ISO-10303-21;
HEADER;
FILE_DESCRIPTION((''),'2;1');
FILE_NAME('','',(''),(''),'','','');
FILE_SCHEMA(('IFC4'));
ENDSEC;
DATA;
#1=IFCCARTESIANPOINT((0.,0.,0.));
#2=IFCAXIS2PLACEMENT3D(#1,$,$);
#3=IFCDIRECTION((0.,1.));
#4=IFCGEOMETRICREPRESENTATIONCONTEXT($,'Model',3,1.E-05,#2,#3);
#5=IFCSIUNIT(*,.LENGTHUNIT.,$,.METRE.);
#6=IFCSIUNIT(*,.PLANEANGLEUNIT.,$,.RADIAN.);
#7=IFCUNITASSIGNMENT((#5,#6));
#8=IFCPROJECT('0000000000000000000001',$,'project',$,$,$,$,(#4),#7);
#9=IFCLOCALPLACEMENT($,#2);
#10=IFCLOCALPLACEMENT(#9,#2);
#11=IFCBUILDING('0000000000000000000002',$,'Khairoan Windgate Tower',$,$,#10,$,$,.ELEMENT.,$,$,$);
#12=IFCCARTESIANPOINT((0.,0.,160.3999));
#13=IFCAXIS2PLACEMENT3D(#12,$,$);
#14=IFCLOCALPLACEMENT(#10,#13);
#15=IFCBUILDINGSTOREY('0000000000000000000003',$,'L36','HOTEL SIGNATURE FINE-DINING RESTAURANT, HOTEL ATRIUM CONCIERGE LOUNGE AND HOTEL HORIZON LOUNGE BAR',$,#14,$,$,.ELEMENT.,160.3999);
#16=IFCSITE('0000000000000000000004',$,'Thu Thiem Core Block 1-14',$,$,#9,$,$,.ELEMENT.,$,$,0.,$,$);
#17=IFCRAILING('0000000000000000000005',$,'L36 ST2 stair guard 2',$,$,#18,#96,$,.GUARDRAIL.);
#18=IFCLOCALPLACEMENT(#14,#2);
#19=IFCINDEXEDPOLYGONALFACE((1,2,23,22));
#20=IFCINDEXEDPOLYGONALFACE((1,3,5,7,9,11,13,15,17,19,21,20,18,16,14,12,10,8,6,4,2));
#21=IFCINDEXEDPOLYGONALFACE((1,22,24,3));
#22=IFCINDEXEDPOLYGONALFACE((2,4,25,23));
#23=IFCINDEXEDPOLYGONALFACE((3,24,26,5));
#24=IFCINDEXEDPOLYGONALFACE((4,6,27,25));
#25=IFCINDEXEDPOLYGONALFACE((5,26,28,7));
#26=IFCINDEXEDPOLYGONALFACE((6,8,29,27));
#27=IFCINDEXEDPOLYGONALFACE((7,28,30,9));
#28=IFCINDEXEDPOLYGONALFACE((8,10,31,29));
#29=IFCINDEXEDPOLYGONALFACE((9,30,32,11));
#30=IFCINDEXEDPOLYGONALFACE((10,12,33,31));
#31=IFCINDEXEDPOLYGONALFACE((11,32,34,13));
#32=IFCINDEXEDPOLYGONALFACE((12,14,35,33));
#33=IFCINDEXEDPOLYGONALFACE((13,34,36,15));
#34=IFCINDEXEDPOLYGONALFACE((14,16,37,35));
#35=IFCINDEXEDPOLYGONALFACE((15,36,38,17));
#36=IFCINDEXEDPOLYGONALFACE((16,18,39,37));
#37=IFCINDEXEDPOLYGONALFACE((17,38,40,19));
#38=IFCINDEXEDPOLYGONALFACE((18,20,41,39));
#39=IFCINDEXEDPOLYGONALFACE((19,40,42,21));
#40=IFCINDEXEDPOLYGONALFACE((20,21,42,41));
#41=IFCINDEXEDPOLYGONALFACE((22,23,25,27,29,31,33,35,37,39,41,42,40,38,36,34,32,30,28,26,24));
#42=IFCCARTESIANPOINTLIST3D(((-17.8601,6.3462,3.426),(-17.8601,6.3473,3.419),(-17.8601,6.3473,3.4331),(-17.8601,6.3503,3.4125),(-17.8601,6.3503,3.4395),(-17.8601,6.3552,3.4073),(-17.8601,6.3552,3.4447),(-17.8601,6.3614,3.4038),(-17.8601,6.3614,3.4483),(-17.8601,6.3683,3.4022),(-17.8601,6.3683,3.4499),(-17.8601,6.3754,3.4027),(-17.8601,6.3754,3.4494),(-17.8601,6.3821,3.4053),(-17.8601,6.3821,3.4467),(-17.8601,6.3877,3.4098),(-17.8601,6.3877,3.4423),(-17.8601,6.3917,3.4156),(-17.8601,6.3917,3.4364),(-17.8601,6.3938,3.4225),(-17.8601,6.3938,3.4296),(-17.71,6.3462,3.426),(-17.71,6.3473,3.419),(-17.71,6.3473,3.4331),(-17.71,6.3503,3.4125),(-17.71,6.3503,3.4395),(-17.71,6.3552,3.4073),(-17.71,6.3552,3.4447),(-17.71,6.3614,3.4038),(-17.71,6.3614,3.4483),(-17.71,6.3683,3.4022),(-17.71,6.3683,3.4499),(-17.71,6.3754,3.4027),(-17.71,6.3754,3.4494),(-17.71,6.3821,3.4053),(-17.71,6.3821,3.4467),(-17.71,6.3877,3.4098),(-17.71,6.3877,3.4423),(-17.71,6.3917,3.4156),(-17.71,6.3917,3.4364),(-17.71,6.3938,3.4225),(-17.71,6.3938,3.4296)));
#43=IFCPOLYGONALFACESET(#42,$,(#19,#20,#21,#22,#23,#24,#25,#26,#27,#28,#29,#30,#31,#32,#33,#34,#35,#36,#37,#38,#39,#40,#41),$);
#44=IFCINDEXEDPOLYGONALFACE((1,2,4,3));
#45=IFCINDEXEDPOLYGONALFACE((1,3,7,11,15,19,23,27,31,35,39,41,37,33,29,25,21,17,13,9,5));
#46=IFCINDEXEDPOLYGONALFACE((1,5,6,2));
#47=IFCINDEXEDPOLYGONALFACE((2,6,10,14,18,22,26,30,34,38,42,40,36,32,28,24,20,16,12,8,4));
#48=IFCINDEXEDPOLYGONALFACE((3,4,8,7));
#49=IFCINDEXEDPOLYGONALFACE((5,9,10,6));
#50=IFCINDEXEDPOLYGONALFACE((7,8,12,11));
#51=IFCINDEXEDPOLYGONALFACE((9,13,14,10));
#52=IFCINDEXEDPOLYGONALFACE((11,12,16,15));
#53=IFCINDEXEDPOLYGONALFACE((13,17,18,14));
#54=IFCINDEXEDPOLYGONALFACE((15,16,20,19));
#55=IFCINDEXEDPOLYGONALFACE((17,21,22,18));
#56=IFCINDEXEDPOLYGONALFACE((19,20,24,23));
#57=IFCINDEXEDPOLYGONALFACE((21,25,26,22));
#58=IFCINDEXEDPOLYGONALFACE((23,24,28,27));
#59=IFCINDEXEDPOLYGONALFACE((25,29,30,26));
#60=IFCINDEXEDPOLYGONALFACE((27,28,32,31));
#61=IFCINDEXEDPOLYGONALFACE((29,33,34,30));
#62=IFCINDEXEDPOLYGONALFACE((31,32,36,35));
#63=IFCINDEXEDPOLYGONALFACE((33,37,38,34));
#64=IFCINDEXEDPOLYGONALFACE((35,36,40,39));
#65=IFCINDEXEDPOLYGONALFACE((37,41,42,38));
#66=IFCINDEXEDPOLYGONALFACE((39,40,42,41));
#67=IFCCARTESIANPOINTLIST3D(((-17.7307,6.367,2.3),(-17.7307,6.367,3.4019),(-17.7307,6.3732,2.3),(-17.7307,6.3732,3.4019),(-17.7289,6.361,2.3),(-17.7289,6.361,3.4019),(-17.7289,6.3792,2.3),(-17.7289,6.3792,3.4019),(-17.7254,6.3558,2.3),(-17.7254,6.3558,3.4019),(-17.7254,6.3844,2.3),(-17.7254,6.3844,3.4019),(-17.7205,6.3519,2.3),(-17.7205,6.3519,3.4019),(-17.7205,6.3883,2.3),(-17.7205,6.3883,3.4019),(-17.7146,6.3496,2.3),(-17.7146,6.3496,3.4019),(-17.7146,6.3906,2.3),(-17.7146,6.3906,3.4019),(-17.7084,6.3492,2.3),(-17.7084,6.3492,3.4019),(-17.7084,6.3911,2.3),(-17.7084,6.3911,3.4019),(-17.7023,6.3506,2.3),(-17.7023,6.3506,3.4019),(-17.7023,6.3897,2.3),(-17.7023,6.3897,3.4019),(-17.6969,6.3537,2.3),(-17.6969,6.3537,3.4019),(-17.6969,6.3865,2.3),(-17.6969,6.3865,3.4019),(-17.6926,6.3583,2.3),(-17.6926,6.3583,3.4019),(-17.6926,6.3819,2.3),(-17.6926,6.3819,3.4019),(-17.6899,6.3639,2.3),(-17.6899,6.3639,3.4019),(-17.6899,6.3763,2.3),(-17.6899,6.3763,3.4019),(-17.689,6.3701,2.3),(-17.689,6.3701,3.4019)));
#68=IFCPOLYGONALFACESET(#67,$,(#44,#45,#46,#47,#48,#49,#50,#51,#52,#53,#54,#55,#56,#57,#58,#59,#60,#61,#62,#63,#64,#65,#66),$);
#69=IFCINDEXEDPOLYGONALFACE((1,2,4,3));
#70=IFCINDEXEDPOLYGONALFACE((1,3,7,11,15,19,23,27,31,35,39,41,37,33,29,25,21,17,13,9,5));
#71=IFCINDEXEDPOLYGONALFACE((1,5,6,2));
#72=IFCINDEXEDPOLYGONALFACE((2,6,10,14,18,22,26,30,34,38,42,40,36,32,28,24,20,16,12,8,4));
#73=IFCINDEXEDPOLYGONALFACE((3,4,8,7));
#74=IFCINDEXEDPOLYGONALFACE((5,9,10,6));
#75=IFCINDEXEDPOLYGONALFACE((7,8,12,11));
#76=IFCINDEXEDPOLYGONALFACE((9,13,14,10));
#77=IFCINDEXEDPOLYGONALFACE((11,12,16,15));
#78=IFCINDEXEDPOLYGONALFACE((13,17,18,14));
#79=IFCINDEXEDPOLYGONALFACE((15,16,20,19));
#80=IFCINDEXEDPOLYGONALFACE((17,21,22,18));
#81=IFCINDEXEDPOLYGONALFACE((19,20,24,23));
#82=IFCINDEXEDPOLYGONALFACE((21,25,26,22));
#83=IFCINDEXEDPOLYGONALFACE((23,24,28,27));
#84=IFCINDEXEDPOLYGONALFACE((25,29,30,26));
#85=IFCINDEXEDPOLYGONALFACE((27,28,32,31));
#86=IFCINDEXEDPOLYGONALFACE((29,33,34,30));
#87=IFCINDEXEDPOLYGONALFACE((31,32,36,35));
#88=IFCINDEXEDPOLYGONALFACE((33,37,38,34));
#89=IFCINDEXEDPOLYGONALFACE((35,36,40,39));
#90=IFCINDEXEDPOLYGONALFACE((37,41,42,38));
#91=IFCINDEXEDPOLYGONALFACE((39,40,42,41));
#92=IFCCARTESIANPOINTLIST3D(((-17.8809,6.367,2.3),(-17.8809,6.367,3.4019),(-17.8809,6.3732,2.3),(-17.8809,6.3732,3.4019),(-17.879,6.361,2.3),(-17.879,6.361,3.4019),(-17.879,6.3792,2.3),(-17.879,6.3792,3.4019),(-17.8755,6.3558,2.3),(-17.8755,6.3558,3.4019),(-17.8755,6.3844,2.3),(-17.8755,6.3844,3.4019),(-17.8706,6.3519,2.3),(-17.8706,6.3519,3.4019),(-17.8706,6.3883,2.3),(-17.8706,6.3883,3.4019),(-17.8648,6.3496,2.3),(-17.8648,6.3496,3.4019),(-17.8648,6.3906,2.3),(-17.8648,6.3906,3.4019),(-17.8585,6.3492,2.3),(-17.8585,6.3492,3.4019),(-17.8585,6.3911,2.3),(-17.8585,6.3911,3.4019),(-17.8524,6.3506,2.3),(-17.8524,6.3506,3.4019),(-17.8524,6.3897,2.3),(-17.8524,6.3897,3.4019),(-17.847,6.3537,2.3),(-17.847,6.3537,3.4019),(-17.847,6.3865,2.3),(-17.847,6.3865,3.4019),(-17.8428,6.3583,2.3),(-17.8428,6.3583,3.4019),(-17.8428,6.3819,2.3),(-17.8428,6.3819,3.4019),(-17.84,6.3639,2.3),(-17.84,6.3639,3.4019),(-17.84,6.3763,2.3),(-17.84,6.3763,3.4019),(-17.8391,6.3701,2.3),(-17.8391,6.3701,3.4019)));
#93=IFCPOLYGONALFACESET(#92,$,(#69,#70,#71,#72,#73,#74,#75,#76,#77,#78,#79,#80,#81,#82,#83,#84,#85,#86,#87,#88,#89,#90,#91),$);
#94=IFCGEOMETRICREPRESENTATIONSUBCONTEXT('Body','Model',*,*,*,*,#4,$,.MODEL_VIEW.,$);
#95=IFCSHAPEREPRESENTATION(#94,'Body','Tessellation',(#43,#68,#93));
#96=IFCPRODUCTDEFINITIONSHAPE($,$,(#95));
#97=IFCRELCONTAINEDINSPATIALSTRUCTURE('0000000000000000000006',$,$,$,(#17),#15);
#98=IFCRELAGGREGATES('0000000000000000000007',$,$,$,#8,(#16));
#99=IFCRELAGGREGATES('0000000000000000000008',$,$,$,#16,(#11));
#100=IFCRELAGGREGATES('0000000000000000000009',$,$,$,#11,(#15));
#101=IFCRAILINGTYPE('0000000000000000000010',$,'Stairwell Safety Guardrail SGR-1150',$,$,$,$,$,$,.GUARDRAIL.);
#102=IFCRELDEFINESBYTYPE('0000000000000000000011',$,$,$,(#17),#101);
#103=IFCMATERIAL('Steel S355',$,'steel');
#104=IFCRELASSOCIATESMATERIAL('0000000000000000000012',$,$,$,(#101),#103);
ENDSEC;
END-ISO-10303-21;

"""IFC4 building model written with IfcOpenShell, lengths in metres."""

from ifc_helpers import new_model, si_unit, direction, frame, origin, origin_2d, place, context, subcontext, project, spatial, circle, extrude, material, type_object, element, save


model = new_model("IFC4")

# Units and contexts
model_context = context("Model", 3, precision=1e-05, world=origin(), true_north=direction((0.0, 1.0)))
body_context = subcontext(model_context, "Body", "Model", "MODEL_VIEW")
ifc_project = project(units=[si_unit("LENGTHUNIT", "METRE"), si_unit("PLANEANGLEUNIT", "RADIAN")], contexts=[model_context])

# Site, building, storey
site_placement = place(None, origin())
site = spatial("IfcSite", under=ifc_project, at=site_placement, Name="Thu Thiem Core Block 1-14", CompositionType="ELEMENT", RefElevation=0.0)
building_placement = place(site_placement, origin())
building = spatial("IfcBuilding", under=site, at=building_placement, Name="Khairoan Windgate Tower", CompositionType="ELEMENT")
storey_placement = place(building_placement, frame((0.0, 0.0, 160.3999)))
storey = spatial("IfcBuildingStorey", under=building, at=storey_placement, Name="L36", Description="HOTEL SIGNATURE FINE-DINING RESTAURANT, HOTEL ATRIUM CONCIERGE LOUNGE AND HOTEL HORIZON LOUNGE BAR", CompositionType="ELEMENT", Elevation=160.3999)

# Railing
ifc_material_1 = material(Name="Steel S355", Category="steel")
railing_type_1 = type_object("IfcRailingType", Name="Stairwell Safety Guardrail SGR-1150", PredefinedType="GUARDRAIL", material=ifc_material_1)
railing_1_placement = place(storey_placement, frame((-17.71, 6.3701, 2.3)))
element("IfcRailing", 1, at=railing_1_placement, inside=storey, type_object=railing_type_1, Name="L36 ST2 stair guard 2", PredefinedType="GUARDRAIL", context=body_context, shape_type="SweptSolid", body=[
    extrude(circle(Radius=0.0239, at=origin_2d()), frame((0.0, 0.0, 1.126), z_axis=(-1.0, 0.0, 0.0), x_axis=(0.0, -1.0, 0.0)), (0.0, 0.0, 1.0), 0.1501),
    extrude(circle(Radius=0.021, at=origin_2d()), origin(), (0.0, 0.0, 1.0), 1.1018),
    extrude(circle(Radius=0.021, at=origin_2d()), frame((-0.1501, 0.0, 0.0)), (0.0, 0.0, 1.0), 1.1018),
])

save(model, "model.ifc")
